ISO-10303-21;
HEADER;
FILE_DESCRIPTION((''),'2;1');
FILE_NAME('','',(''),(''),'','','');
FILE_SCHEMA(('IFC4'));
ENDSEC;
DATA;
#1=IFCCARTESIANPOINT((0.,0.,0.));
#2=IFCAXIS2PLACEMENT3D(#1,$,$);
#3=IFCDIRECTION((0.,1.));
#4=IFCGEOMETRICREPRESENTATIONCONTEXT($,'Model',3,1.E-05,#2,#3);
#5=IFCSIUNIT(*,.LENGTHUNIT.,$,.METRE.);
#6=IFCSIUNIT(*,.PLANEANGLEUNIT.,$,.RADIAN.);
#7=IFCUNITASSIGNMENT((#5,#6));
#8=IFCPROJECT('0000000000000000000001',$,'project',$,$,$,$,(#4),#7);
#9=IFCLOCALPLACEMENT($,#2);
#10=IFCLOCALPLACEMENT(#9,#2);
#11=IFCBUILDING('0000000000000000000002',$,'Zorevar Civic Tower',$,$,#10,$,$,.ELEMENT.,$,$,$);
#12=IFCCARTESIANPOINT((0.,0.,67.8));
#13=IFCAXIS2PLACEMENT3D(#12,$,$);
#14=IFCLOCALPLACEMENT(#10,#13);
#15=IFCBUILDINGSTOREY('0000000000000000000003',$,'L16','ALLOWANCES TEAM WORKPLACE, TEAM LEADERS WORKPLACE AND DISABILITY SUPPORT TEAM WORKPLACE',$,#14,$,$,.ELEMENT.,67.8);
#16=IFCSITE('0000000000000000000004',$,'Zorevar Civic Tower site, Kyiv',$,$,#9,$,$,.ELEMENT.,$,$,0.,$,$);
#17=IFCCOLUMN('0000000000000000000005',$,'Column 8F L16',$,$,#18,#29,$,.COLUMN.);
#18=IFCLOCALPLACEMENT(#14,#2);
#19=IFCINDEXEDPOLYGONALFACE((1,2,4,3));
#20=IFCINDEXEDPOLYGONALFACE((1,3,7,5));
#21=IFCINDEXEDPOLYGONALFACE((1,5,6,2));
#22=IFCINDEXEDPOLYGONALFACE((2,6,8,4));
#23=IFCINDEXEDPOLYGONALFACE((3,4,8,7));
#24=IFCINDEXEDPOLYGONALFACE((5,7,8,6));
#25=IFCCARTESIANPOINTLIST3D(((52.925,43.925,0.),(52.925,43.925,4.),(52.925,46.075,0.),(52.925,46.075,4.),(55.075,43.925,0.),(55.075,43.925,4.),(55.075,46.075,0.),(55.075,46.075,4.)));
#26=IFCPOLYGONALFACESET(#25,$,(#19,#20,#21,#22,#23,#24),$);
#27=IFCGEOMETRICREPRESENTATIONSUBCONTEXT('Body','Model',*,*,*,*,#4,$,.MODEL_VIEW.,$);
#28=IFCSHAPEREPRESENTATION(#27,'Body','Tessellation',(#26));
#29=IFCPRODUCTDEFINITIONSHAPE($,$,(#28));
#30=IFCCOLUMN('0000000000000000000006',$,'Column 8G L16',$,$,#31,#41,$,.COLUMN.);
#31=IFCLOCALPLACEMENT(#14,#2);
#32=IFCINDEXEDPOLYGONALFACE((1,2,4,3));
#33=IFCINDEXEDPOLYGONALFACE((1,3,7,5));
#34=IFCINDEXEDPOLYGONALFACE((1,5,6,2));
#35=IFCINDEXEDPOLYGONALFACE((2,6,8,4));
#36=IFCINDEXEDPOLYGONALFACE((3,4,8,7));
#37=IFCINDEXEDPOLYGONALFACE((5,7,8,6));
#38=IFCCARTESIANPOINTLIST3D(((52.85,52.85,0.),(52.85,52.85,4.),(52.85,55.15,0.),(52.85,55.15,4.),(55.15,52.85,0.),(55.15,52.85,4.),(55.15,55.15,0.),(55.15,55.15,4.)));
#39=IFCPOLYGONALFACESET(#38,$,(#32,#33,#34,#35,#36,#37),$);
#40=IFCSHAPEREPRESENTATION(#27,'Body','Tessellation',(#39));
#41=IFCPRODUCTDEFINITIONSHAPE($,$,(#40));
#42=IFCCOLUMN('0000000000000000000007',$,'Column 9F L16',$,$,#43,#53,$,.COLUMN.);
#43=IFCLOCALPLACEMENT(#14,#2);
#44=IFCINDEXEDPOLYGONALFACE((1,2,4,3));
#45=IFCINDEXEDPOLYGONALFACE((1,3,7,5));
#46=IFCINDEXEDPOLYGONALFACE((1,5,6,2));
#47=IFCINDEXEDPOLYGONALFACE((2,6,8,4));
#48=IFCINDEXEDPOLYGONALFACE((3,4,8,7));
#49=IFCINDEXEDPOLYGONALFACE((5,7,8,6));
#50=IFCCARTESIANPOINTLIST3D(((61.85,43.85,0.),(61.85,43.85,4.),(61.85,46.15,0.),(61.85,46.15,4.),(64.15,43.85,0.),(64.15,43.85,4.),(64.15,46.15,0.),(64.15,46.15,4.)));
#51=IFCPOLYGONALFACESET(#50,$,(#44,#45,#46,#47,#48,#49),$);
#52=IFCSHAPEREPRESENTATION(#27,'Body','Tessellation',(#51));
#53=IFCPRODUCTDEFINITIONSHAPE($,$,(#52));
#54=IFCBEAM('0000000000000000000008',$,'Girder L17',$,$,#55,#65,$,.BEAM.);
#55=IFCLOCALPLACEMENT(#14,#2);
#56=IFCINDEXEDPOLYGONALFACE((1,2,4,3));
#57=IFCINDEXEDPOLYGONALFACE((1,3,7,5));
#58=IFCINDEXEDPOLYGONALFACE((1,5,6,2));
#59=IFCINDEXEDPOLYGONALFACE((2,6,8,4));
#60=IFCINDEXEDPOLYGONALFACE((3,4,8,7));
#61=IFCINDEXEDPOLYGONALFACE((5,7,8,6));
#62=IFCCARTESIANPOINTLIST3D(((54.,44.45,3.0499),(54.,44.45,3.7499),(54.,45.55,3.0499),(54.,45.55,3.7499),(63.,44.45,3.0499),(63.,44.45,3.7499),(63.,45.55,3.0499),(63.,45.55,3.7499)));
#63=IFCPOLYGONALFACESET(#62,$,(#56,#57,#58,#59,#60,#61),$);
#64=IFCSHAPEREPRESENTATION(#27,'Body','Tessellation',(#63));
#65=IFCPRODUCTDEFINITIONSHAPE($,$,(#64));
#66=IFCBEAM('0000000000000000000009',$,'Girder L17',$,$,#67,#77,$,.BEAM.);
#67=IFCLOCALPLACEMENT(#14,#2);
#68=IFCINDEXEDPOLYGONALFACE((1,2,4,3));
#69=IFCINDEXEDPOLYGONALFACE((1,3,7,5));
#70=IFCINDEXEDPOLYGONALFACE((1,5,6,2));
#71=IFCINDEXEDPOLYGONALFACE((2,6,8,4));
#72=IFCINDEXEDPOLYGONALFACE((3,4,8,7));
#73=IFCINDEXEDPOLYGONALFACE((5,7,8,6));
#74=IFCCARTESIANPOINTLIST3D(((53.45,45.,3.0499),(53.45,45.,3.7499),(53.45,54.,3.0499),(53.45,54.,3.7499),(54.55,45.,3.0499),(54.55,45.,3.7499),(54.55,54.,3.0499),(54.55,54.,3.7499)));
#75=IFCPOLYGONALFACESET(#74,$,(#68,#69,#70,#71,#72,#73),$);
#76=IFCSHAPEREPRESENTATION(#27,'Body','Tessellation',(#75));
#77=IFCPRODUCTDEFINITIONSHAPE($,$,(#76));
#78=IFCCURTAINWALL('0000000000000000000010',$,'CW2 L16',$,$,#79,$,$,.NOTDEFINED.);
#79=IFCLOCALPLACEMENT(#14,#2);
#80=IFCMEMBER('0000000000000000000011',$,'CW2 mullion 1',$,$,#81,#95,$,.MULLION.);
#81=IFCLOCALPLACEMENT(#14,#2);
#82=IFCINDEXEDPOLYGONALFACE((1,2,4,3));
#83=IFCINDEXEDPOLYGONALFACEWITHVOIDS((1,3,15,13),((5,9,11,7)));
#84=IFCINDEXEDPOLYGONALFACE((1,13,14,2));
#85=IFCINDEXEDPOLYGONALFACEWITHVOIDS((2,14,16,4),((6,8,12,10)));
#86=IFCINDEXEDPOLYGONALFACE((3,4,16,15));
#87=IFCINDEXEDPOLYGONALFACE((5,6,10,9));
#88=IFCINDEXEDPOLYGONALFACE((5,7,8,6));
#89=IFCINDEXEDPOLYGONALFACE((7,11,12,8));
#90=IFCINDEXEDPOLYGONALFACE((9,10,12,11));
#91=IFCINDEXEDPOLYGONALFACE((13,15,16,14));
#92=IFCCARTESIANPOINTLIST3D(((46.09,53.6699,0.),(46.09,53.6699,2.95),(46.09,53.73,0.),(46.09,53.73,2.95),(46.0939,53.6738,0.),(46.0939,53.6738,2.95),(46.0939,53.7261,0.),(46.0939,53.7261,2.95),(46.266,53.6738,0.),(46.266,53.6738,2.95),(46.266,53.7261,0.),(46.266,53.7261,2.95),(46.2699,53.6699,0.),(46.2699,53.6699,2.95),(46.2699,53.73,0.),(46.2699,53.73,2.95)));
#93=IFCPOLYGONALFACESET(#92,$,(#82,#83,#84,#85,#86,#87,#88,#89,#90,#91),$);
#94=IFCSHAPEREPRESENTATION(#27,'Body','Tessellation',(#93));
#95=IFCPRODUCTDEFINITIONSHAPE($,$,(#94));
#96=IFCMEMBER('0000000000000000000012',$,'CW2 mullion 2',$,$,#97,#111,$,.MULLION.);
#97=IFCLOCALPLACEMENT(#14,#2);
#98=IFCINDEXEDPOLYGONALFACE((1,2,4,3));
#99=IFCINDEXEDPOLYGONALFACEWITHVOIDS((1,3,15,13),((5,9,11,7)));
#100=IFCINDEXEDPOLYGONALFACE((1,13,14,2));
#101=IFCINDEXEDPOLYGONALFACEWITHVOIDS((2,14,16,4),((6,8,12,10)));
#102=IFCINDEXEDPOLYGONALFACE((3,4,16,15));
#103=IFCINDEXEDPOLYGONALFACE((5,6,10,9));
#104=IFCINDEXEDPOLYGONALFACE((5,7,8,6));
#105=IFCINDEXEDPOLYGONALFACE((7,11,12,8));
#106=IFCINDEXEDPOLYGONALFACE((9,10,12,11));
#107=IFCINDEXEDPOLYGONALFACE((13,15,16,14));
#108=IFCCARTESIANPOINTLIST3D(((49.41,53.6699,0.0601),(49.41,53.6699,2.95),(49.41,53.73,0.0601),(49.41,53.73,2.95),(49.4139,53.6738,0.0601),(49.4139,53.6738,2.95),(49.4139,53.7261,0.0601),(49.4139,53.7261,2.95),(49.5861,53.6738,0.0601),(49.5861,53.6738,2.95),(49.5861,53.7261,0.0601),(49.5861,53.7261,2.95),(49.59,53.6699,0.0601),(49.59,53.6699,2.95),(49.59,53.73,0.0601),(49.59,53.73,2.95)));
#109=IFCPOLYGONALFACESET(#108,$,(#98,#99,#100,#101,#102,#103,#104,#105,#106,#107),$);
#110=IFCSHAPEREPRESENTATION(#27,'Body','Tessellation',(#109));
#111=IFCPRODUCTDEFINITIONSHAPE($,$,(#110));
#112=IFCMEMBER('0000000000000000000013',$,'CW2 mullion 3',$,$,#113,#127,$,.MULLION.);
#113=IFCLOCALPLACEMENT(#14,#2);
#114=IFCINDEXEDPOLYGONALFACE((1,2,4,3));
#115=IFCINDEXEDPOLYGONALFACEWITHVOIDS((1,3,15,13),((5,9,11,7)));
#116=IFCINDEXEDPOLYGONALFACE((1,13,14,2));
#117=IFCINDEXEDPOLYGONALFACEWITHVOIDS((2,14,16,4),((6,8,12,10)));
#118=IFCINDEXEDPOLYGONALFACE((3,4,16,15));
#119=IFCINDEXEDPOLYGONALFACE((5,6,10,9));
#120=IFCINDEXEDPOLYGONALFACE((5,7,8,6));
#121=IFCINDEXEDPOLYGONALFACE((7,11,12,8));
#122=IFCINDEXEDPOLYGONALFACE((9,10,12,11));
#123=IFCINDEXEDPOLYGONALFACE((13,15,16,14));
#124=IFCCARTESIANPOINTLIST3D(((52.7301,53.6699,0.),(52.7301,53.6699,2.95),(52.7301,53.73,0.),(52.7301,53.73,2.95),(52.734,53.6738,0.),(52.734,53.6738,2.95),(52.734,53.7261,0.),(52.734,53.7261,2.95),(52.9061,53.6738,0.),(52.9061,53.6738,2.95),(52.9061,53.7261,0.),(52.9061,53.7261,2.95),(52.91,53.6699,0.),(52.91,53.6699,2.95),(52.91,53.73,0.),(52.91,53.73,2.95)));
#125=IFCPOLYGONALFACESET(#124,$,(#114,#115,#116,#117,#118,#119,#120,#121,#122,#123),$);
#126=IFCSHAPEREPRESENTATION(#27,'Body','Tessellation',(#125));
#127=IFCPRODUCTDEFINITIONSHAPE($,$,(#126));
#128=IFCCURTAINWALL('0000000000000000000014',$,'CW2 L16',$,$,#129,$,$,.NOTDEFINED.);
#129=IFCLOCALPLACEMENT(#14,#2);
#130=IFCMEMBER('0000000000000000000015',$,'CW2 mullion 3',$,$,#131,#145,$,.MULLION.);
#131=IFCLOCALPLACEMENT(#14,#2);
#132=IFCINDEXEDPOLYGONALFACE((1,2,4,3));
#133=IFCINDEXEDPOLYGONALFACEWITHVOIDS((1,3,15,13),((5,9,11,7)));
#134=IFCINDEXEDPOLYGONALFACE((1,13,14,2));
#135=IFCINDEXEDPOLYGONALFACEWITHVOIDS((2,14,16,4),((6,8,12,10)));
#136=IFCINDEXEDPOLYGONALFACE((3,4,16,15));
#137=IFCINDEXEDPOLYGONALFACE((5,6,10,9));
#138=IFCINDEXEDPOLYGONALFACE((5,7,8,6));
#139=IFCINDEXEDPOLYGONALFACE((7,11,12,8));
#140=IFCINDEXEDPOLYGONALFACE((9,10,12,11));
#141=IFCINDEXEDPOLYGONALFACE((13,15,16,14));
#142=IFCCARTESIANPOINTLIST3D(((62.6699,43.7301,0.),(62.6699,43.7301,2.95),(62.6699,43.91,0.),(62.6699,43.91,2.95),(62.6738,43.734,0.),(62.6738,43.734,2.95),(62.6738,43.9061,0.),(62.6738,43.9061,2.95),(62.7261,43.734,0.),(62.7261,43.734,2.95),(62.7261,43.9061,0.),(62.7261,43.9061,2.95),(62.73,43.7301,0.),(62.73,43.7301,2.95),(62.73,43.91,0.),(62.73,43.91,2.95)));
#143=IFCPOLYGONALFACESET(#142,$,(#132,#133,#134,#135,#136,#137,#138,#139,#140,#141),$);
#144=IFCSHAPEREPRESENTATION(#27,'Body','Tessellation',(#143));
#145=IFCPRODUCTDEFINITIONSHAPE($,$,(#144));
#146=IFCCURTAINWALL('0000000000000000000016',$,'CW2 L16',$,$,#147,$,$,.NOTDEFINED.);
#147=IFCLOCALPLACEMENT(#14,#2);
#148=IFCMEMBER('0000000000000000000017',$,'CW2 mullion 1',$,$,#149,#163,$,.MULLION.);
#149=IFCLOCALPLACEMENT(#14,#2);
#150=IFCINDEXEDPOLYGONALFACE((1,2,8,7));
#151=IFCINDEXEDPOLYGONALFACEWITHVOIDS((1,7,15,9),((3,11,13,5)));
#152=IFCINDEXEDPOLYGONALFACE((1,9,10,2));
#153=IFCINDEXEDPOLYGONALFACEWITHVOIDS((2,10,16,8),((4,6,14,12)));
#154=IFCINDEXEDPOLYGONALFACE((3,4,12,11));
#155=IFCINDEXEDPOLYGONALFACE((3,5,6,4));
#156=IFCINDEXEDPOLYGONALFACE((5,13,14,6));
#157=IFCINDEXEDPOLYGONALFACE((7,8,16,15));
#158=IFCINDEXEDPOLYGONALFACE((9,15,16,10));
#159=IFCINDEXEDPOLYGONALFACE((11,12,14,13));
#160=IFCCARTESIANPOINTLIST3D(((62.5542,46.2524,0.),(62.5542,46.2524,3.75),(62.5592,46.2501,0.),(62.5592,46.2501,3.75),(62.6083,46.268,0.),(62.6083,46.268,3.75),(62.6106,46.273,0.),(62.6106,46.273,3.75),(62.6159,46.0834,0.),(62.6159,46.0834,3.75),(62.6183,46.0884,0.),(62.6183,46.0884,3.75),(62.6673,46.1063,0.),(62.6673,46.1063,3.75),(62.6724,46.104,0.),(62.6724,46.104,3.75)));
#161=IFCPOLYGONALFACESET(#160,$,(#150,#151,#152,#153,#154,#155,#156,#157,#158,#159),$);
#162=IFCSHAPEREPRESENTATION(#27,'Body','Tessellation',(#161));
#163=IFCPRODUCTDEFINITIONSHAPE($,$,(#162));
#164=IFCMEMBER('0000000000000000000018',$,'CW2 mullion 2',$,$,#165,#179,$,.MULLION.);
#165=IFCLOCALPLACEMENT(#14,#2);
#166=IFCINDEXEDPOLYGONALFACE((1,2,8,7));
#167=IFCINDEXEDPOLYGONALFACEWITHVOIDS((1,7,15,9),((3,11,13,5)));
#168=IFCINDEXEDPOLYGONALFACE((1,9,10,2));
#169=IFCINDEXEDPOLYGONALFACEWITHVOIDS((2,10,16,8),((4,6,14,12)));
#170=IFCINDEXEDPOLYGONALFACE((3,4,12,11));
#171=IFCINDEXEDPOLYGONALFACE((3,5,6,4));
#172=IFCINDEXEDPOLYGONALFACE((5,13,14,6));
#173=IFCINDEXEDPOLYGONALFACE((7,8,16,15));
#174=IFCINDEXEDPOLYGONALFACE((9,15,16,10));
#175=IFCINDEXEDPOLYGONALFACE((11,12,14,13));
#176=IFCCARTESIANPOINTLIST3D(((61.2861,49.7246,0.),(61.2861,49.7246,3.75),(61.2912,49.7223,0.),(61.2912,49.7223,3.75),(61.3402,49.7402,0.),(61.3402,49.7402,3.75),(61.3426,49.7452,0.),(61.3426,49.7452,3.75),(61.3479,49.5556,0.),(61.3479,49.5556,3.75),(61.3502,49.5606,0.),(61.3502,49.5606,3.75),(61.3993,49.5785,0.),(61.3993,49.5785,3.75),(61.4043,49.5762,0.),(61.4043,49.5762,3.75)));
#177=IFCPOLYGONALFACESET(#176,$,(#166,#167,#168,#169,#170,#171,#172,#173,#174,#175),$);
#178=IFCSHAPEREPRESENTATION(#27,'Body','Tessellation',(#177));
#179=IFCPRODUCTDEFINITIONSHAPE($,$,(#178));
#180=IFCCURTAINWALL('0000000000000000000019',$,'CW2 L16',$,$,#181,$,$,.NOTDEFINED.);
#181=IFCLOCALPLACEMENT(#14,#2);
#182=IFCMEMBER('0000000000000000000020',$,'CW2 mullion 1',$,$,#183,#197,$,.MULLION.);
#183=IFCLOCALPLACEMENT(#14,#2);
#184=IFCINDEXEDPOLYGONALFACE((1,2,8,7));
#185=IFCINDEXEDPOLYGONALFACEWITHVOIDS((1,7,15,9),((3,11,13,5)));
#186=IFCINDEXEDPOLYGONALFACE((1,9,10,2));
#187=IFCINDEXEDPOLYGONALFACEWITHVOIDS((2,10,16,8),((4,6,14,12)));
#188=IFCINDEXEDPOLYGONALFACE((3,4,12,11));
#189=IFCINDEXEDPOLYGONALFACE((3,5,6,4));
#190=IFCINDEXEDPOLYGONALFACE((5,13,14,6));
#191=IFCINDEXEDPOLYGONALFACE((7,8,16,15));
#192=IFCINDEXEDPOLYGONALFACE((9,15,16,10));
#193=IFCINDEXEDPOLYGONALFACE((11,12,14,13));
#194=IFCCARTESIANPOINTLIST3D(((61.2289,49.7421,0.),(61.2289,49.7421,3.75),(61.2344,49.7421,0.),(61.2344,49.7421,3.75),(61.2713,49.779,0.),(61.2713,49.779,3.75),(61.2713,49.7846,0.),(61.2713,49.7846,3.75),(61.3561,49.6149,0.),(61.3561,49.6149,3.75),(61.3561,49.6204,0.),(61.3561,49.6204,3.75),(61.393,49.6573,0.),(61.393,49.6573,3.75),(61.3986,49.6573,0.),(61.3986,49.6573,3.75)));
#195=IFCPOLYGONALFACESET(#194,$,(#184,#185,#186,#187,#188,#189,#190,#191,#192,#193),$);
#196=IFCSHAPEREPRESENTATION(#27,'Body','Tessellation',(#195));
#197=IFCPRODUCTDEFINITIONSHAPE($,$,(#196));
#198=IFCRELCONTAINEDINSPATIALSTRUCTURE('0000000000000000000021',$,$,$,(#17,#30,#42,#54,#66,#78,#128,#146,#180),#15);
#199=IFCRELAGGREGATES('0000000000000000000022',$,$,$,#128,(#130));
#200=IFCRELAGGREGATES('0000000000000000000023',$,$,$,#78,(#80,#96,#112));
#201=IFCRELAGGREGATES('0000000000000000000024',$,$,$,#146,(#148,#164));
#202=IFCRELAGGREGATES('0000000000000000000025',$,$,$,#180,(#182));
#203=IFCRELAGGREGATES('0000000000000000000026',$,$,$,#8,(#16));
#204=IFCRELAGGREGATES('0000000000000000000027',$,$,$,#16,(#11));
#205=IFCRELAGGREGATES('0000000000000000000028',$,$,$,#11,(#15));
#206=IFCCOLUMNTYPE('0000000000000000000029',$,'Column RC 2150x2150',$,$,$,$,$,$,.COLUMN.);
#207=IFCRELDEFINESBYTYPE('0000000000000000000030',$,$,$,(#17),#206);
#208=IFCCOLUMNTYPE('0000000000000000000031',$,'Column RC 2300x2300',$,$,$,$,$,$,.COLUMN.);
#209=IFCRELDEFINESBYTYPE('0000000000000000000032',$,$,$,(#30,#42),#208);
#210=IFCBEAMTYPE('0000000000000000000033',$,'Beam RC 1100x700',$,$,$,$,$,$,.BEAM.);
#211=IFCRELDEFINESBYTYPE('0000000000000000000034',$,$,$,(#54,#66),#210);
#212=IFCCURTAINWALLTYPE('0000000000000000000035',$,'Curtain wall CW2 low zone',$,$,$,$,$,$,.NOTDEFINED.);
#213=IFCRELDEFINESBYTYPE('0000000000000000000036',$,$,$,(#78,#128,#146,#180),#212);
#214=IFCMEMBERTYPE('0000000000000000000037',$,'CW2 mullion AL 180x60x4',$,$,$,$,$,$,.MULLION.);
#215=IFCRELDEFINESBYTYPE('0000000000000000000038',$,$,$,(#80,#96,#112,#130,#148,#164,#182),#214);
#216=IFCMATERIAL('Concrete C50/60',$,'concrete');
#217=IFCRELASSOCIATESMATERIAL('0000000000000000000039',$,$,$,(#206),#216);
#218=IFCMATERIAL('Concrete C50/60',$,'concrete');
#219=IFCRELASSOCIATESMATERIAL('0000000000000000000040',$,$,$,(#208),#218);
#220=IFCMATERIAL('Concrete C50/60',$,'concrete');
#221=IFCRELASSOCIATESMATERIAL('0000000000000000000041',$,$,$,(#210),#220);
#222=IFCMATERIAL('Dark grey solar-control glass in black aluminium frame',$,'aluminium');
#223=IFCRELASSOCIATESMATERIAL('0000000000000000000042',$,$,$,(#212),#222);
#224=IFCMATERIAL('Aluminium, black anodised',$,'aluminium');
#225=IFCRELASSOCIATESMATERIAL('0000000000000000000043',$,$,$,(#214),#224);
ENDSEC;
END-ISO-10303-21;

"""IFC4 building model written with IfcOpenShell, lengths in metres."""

from ifc_helpers import new_model, si_unit, direction, frame, origin, origin_2d, place, context, subcontext, project, spatial, rectangle, hollow_rectangle, extrude, material, material_profile, profile_set, type_object, element, aggregate, save


model = new_model("IFC4")

# Units and contexts
model_context = context("Model", 3, precision=1e-05, world=origin(), true_north=direction((0.0, 1.0)))
body_context = subcontext(model_context, "Body", "Model", "MODEL_VIEW")
ifc_project = project(units=[si_unit("LENGTHUNIT", "METRE"), si_unit("PLANEANGLEUNIT", "RADIAN")], contexts=[model_context])

# Site, building, storey
site_placement = place(None, origin())
site = spatial("IfcSite", under=ifc_project, at=site_placement, Name="Zorevar Civic Tower site, Kyiv", CompositionType="ELEMENT", RefElevation=0.0)
building_placement = place(site_placement, origin())
building = spatial("IfcBuilding", under=site, at=building_placement, Name="Zorevar Civic Tower", CompositionType="ELEMENT")
storey_placement = place(building_placement, frame((0.0, 0.0, 67.8)))
storey = spatial("IfcBuildingStorey", under=building, at=storey_placement, Name="L16", Description="ALLOWANCES TEAM WORKPLACE, TEAM LEADERS WORKPLACE AND DISABILITY SUPPORT TEAM WORKPLACE", CompositionType="ELEMENT", Elevation=67.8)

# Columns
ifc_material_1 = material(Name="Concrete C50/60", Category="concrete")
ifc_material_profile_1 = material_profile(ifc_material_1, rectangle(XDim=2.1499, YDim=2.1499, at=origin_2d()), Name="RC 2150x2150")
ifc_profile_set_1 = profile_set([ifc_material_profile_1], Name="Concrete C50/60")
column_type_1 = type_object("IfcColumnType", Name="Column RC 2150x2150", PredefinedType="COLUMN", material=ifc_profile_set_1)
column_placement = place(storey_placement, frame((54.0, 45.0, 0.0), z_axis=(0.0, 0.0, 1.0), x_axis=(1.0, 0.0, 0.0)))
element("IfcColumn", 1, at=column_placement, inside=storey, type_object=column_type_1, Name="Column 8F L16", PredefinedType="COLUMN", context=body_context, shape_type="SweptSolid", body=[
    extrude(rectangle(XDim=2.1499, YDim=2.1499, at=origin_2d()), origin(), (0.0, 0.0, 1.0), 4.0),
])
ifc_material_2 = material(Name="Concrete C50/60", Category="concrete")
ifc_material_profile_2 = material_profile(ifc_material_2, rectangle(XDim=2.3, YDim=2.3, at=origin_2d()), Name="RC 2300x2300")
ifc_profile_set_2 = profile_set([ifc_material_profile_2], Name="Concrete C50/60")
column_type_2 = type_object("IfcColumnType", Name="Column RC 2300x2300", PredefinedType="COLUMN", material=ifc_profile_set_2)
for number, where, z_axis, x_axis, name in (
    (2, (54.0, 54.0, 0.0), (0.0, 0.0, 1.0), (1.0, 0.0, 0.0), "Column 8G L16"),
    (3, (63.0, 45.0, 0.0), (0.0, 0.0, 1.0), (1.0, 0.0, 0.0), "Column 9F L16"),
):
    element("IfcColumn", number, at=place(storey_placement, frame(where, z_axis=z_axis, x_axis=x_axis)), inside=storey, type_object=column_type_2, Name=name, PredefinedType="COLUMN", context=body_context, shape_type="SweptSolid", body=[
        extrude(rectangle(XDim=2.3, YDim=2.3, at=origin_2d()), origin(), (0.0, 0.0, 1.0), 4.0),
    ])

# Beams
ifc_material_3 = material(Name="Concrete C50/60", Category="concrete")
ifc_material_profile_3 = material_profile(ifc_material_3, rectangle(XDim=1.1001, YDim=0.7, at=origin_2d()), Name="RC 1100x700")
ifc_profile_set_3 = profile_set([ifc_material_profile_3], Name="Concrete C50/60")
beam_type_1 = type_object("IfcBeamType", Name="Beam RC 1100x700", PredefinedType="BEAM", material=ifc_profile_set_3)
for number, where, z_axis, x_axis, name in (
    (4, (54.0, 45.0, 3.3999), (1.0, 0.0, 0.0), (0.0, 1.0, 0.0), "Girder L17"),
    (5, (54.0, 45.0, 3.3999), (0.0, 1.0, 0.0), (-1.0, 0.0, 0.0), "Girder L17"),
):
    element("IfcBeam", number, at=place(storey_placement, frame(where, z_axis=z_axis, x_axis=x_axis)), inside=storey, type_object=beam_type_1, Name=name, PredefinedType="BEAM", context=body_context, shape_type="SweptSolid", body=[
        extrude(rectangle(XDim=1.1001, YDim=0.7, at=origin_2d()), origin(), (0.0, 0.0, 1.0), 9.0),
    ])

# Curtain wall, members
ifc_material_4 = material(Name="Dark grey solar-control glass in black aluminium frame", Category="aluminium")
curtain_wall_type = type_object("IfcCurtainWallType", Name="Curtain wall CW2 low zone", PredefinedType="NOTDEFINED", material=ifc_material_4)
curtain_wall_1_placement = place(storey_placement, origin())
curtain_wall_1 = element("IfcCurtainWall", 6, at=curtain_wall_1_placement, inside=storey, type_object=curtain_wall_type, Name="CW2 L16", PredefinedType="NOTDEFINED")
ifc_material_5 = material(Name="Aluminium, black anodised", Category="aluminium")
ifc_material_profile_4 = material_profile(ifc_material_5, hollow_rectangle(XDim=0.0601, YDim=0.1799, WallThickness=0.0039, at=origin_2d()), Name="AL 180x60x4")
ifc_profile_set_4 = profile_set([ifc_material_profile_4], Name="Aluminium, black anodised")
member_type_1 = type_object("IfcMemberType", Name="CW2 mullion AL 180x60x4", PredefinedType="MULLION", material=ifc_profile_set_4)
member_1_placement = place(storey_placement, frame((46.1799, 53.7, 0.0), z_axis=(0.0, 0.0, 1.0), x_axis=(0.0, 1.0, 0.0)))
member_1 = element("IfcMember", 7, at=member_1_placement, type_object=member_type_1, Name="CW2 mullion 1", PredefinedType="MULLION", context=body_context, shape_type="SweptSolid", body=[
    extrude(hollow_rectangle(XDim=0.0601, YDim=0.1799, WallThickness=0.0039, at=origin_2d()), origin(), (0.0, 0.0, 1.0), 2.95),
])
member_2_placement = place(storey_placement, frame((49.5, 53.7, 0.0601), z_axis=(0.0, 0.0, 1.0), x_axis=(0.0, 1.0, 0.0)))
member_2 = element("IfcMember", 8, at=member_2_placement, type_object=member_type_1, Name="CW2 mullion 2", PredefinedType="MULLION", context=body_context, shape_type="SweptSolid", body=[
    extrude(hollow_rectangle(XDim=0.0601, YDim=0.1799, WallThickness=0.0039, at=origin_2d()), origin(), (0.0, 0.0, 1.0), 2.8899),
])
member_3_placement = place(storey_placement, frame((52.8201, 53.7, 0.0), z_axis=(0.0, 0.0, 1.0), x_axis=(0.0, 1.0, 0.0)))
member_3 = element("IfcMember", 9, at=member_3_placement, type_object=member_type_1, Name="CW2 mullion 3", PredefinedType="MULLION", context=body_context, shape_type="SweptSolid", body=[
    extrude(hollow_rectangle(XDim=0.0601, YDim=0.1799, WallThickness=0.0039, at=origin_2d()), origin(), (0.0, 0.0, 1.0), 2.95),
])

# Curtain wall, member
curtain_wall_2_placement = place(storey_placement, origin())
curtain_wall_2 = element("IfcCurtainWall", 10, at=curtain_wall_2_placement, inside=storey, type_object=curtain_wall_type, Name="CW2 L16", PredefinedType="NOTDEFINED")
member_4_placement = place(storey_placement, frame((62.7, 43.8201, 0.0), z_axis=(0.0, 0.0, 1.0), x_axis=(-1.0, 0.0, 0.0)))
member_4 = element("IfcMember", 11, at=member_4_placement, type_object=member_type_1, Name="CW2 mullion 3", PredefinedType="MULLION", context=body_context, shape_type="SweptSolid", body=[
    extrude(hollow_rectangle(XDim=0.0601, YDim=0.1799, WallThickness=0.0039, at=origin_2d()), origin(), (0.0, 0.0, 1.0), 2.95),
])
aggregate(curtain_wall_2, [member_4])

# Curtain walls, members
curtain_wall_3_placement = place(storey_placement, origin())
curtain_wall_3 = element("IfcCurtainWall", 12, at=curtain_wall_3_placement, inside=storey, type_object=curtain_wall_type, Name="CW2 L16", PredefinedType="NOTDEFINED")
member_5_placement = place(storey_placement, frame((62.6133, 46.1782, 0.0), z_axis=(0.0, 0.0, 1.0), x_axis=(-0.939313, -0.34306, 0.0)))
member_5 = element("IfcMember", 13, at=member_5_placement, type_object=member_type_1, Name="CW2 mullion 1", PredefinedType="MULLION", context=body_context, shape_type="SweptSolid", body=[
    extrude(hollow_rectangle(XDim=0.0601, YDim=0.1799, WallThickness=0.0039, at=origin_2d()), origin(), (0.0, 0.0, 1.0), 3.75),
])
member_6_placement = place(storey_placement, frame((61.3452, 49.6504, 0.0), z_axis=(0.0, 0.0, 1.0), x_axis=(-0.939313, -0.34306, 0.0)))
member_6 = element("IfcMember", 14, at=member_6_placement, type_object=member_type_1, Name="CW2 mullion 2", PredefinedType="MULLION", context=body_context, shape_type="SweptSolid", body=[
    extrude(hollow_rectangle(XDim=0.0601, YDim=0.1799, WallThickness=0.0039, at=origin_2d()), origin(), (0.0, 0.0, 1.0), 3.75),
])
curtain_wall_4_placement = place(storey_placement, origin())
curtain_wall_4 = element("IfcCurtainWall", 15, at=curtain_wall_4_placement, inside=storey, type_object=curtain_wall_type, Name="CW2 L16", PredefinedType="NOTDEFINED")
member_7_placement = place(storey_placement, frame((61.3137, 49.6997, 0.0), z_axis=(0.0, 0.0, 1.0), x_axis=(-0.707107, -0.707107, 0.0)))
member_7 = element("IfcMember", 16, at=member_7_placement, type_object=member_type_1, Name="CW2 mullion 1", PredefinedType="MULLION", context=body_context, shape_type="SweptSolid", body=[
    extrude(hollow_rectangle(XDim=0.0601, YDim=0.1799, WallThickness=0.0039, at=origin_2d()), origin(), (0.0, 0.0, 1.0), 3.75),
])

aggregate(curtain_wall_1, [member_1, member_2, member_3])
aggregate(curtain_wall_3, [member_5, member_6])
aggregate(curtain_wall_4, [member_7])

save(model, "model.ifc")
